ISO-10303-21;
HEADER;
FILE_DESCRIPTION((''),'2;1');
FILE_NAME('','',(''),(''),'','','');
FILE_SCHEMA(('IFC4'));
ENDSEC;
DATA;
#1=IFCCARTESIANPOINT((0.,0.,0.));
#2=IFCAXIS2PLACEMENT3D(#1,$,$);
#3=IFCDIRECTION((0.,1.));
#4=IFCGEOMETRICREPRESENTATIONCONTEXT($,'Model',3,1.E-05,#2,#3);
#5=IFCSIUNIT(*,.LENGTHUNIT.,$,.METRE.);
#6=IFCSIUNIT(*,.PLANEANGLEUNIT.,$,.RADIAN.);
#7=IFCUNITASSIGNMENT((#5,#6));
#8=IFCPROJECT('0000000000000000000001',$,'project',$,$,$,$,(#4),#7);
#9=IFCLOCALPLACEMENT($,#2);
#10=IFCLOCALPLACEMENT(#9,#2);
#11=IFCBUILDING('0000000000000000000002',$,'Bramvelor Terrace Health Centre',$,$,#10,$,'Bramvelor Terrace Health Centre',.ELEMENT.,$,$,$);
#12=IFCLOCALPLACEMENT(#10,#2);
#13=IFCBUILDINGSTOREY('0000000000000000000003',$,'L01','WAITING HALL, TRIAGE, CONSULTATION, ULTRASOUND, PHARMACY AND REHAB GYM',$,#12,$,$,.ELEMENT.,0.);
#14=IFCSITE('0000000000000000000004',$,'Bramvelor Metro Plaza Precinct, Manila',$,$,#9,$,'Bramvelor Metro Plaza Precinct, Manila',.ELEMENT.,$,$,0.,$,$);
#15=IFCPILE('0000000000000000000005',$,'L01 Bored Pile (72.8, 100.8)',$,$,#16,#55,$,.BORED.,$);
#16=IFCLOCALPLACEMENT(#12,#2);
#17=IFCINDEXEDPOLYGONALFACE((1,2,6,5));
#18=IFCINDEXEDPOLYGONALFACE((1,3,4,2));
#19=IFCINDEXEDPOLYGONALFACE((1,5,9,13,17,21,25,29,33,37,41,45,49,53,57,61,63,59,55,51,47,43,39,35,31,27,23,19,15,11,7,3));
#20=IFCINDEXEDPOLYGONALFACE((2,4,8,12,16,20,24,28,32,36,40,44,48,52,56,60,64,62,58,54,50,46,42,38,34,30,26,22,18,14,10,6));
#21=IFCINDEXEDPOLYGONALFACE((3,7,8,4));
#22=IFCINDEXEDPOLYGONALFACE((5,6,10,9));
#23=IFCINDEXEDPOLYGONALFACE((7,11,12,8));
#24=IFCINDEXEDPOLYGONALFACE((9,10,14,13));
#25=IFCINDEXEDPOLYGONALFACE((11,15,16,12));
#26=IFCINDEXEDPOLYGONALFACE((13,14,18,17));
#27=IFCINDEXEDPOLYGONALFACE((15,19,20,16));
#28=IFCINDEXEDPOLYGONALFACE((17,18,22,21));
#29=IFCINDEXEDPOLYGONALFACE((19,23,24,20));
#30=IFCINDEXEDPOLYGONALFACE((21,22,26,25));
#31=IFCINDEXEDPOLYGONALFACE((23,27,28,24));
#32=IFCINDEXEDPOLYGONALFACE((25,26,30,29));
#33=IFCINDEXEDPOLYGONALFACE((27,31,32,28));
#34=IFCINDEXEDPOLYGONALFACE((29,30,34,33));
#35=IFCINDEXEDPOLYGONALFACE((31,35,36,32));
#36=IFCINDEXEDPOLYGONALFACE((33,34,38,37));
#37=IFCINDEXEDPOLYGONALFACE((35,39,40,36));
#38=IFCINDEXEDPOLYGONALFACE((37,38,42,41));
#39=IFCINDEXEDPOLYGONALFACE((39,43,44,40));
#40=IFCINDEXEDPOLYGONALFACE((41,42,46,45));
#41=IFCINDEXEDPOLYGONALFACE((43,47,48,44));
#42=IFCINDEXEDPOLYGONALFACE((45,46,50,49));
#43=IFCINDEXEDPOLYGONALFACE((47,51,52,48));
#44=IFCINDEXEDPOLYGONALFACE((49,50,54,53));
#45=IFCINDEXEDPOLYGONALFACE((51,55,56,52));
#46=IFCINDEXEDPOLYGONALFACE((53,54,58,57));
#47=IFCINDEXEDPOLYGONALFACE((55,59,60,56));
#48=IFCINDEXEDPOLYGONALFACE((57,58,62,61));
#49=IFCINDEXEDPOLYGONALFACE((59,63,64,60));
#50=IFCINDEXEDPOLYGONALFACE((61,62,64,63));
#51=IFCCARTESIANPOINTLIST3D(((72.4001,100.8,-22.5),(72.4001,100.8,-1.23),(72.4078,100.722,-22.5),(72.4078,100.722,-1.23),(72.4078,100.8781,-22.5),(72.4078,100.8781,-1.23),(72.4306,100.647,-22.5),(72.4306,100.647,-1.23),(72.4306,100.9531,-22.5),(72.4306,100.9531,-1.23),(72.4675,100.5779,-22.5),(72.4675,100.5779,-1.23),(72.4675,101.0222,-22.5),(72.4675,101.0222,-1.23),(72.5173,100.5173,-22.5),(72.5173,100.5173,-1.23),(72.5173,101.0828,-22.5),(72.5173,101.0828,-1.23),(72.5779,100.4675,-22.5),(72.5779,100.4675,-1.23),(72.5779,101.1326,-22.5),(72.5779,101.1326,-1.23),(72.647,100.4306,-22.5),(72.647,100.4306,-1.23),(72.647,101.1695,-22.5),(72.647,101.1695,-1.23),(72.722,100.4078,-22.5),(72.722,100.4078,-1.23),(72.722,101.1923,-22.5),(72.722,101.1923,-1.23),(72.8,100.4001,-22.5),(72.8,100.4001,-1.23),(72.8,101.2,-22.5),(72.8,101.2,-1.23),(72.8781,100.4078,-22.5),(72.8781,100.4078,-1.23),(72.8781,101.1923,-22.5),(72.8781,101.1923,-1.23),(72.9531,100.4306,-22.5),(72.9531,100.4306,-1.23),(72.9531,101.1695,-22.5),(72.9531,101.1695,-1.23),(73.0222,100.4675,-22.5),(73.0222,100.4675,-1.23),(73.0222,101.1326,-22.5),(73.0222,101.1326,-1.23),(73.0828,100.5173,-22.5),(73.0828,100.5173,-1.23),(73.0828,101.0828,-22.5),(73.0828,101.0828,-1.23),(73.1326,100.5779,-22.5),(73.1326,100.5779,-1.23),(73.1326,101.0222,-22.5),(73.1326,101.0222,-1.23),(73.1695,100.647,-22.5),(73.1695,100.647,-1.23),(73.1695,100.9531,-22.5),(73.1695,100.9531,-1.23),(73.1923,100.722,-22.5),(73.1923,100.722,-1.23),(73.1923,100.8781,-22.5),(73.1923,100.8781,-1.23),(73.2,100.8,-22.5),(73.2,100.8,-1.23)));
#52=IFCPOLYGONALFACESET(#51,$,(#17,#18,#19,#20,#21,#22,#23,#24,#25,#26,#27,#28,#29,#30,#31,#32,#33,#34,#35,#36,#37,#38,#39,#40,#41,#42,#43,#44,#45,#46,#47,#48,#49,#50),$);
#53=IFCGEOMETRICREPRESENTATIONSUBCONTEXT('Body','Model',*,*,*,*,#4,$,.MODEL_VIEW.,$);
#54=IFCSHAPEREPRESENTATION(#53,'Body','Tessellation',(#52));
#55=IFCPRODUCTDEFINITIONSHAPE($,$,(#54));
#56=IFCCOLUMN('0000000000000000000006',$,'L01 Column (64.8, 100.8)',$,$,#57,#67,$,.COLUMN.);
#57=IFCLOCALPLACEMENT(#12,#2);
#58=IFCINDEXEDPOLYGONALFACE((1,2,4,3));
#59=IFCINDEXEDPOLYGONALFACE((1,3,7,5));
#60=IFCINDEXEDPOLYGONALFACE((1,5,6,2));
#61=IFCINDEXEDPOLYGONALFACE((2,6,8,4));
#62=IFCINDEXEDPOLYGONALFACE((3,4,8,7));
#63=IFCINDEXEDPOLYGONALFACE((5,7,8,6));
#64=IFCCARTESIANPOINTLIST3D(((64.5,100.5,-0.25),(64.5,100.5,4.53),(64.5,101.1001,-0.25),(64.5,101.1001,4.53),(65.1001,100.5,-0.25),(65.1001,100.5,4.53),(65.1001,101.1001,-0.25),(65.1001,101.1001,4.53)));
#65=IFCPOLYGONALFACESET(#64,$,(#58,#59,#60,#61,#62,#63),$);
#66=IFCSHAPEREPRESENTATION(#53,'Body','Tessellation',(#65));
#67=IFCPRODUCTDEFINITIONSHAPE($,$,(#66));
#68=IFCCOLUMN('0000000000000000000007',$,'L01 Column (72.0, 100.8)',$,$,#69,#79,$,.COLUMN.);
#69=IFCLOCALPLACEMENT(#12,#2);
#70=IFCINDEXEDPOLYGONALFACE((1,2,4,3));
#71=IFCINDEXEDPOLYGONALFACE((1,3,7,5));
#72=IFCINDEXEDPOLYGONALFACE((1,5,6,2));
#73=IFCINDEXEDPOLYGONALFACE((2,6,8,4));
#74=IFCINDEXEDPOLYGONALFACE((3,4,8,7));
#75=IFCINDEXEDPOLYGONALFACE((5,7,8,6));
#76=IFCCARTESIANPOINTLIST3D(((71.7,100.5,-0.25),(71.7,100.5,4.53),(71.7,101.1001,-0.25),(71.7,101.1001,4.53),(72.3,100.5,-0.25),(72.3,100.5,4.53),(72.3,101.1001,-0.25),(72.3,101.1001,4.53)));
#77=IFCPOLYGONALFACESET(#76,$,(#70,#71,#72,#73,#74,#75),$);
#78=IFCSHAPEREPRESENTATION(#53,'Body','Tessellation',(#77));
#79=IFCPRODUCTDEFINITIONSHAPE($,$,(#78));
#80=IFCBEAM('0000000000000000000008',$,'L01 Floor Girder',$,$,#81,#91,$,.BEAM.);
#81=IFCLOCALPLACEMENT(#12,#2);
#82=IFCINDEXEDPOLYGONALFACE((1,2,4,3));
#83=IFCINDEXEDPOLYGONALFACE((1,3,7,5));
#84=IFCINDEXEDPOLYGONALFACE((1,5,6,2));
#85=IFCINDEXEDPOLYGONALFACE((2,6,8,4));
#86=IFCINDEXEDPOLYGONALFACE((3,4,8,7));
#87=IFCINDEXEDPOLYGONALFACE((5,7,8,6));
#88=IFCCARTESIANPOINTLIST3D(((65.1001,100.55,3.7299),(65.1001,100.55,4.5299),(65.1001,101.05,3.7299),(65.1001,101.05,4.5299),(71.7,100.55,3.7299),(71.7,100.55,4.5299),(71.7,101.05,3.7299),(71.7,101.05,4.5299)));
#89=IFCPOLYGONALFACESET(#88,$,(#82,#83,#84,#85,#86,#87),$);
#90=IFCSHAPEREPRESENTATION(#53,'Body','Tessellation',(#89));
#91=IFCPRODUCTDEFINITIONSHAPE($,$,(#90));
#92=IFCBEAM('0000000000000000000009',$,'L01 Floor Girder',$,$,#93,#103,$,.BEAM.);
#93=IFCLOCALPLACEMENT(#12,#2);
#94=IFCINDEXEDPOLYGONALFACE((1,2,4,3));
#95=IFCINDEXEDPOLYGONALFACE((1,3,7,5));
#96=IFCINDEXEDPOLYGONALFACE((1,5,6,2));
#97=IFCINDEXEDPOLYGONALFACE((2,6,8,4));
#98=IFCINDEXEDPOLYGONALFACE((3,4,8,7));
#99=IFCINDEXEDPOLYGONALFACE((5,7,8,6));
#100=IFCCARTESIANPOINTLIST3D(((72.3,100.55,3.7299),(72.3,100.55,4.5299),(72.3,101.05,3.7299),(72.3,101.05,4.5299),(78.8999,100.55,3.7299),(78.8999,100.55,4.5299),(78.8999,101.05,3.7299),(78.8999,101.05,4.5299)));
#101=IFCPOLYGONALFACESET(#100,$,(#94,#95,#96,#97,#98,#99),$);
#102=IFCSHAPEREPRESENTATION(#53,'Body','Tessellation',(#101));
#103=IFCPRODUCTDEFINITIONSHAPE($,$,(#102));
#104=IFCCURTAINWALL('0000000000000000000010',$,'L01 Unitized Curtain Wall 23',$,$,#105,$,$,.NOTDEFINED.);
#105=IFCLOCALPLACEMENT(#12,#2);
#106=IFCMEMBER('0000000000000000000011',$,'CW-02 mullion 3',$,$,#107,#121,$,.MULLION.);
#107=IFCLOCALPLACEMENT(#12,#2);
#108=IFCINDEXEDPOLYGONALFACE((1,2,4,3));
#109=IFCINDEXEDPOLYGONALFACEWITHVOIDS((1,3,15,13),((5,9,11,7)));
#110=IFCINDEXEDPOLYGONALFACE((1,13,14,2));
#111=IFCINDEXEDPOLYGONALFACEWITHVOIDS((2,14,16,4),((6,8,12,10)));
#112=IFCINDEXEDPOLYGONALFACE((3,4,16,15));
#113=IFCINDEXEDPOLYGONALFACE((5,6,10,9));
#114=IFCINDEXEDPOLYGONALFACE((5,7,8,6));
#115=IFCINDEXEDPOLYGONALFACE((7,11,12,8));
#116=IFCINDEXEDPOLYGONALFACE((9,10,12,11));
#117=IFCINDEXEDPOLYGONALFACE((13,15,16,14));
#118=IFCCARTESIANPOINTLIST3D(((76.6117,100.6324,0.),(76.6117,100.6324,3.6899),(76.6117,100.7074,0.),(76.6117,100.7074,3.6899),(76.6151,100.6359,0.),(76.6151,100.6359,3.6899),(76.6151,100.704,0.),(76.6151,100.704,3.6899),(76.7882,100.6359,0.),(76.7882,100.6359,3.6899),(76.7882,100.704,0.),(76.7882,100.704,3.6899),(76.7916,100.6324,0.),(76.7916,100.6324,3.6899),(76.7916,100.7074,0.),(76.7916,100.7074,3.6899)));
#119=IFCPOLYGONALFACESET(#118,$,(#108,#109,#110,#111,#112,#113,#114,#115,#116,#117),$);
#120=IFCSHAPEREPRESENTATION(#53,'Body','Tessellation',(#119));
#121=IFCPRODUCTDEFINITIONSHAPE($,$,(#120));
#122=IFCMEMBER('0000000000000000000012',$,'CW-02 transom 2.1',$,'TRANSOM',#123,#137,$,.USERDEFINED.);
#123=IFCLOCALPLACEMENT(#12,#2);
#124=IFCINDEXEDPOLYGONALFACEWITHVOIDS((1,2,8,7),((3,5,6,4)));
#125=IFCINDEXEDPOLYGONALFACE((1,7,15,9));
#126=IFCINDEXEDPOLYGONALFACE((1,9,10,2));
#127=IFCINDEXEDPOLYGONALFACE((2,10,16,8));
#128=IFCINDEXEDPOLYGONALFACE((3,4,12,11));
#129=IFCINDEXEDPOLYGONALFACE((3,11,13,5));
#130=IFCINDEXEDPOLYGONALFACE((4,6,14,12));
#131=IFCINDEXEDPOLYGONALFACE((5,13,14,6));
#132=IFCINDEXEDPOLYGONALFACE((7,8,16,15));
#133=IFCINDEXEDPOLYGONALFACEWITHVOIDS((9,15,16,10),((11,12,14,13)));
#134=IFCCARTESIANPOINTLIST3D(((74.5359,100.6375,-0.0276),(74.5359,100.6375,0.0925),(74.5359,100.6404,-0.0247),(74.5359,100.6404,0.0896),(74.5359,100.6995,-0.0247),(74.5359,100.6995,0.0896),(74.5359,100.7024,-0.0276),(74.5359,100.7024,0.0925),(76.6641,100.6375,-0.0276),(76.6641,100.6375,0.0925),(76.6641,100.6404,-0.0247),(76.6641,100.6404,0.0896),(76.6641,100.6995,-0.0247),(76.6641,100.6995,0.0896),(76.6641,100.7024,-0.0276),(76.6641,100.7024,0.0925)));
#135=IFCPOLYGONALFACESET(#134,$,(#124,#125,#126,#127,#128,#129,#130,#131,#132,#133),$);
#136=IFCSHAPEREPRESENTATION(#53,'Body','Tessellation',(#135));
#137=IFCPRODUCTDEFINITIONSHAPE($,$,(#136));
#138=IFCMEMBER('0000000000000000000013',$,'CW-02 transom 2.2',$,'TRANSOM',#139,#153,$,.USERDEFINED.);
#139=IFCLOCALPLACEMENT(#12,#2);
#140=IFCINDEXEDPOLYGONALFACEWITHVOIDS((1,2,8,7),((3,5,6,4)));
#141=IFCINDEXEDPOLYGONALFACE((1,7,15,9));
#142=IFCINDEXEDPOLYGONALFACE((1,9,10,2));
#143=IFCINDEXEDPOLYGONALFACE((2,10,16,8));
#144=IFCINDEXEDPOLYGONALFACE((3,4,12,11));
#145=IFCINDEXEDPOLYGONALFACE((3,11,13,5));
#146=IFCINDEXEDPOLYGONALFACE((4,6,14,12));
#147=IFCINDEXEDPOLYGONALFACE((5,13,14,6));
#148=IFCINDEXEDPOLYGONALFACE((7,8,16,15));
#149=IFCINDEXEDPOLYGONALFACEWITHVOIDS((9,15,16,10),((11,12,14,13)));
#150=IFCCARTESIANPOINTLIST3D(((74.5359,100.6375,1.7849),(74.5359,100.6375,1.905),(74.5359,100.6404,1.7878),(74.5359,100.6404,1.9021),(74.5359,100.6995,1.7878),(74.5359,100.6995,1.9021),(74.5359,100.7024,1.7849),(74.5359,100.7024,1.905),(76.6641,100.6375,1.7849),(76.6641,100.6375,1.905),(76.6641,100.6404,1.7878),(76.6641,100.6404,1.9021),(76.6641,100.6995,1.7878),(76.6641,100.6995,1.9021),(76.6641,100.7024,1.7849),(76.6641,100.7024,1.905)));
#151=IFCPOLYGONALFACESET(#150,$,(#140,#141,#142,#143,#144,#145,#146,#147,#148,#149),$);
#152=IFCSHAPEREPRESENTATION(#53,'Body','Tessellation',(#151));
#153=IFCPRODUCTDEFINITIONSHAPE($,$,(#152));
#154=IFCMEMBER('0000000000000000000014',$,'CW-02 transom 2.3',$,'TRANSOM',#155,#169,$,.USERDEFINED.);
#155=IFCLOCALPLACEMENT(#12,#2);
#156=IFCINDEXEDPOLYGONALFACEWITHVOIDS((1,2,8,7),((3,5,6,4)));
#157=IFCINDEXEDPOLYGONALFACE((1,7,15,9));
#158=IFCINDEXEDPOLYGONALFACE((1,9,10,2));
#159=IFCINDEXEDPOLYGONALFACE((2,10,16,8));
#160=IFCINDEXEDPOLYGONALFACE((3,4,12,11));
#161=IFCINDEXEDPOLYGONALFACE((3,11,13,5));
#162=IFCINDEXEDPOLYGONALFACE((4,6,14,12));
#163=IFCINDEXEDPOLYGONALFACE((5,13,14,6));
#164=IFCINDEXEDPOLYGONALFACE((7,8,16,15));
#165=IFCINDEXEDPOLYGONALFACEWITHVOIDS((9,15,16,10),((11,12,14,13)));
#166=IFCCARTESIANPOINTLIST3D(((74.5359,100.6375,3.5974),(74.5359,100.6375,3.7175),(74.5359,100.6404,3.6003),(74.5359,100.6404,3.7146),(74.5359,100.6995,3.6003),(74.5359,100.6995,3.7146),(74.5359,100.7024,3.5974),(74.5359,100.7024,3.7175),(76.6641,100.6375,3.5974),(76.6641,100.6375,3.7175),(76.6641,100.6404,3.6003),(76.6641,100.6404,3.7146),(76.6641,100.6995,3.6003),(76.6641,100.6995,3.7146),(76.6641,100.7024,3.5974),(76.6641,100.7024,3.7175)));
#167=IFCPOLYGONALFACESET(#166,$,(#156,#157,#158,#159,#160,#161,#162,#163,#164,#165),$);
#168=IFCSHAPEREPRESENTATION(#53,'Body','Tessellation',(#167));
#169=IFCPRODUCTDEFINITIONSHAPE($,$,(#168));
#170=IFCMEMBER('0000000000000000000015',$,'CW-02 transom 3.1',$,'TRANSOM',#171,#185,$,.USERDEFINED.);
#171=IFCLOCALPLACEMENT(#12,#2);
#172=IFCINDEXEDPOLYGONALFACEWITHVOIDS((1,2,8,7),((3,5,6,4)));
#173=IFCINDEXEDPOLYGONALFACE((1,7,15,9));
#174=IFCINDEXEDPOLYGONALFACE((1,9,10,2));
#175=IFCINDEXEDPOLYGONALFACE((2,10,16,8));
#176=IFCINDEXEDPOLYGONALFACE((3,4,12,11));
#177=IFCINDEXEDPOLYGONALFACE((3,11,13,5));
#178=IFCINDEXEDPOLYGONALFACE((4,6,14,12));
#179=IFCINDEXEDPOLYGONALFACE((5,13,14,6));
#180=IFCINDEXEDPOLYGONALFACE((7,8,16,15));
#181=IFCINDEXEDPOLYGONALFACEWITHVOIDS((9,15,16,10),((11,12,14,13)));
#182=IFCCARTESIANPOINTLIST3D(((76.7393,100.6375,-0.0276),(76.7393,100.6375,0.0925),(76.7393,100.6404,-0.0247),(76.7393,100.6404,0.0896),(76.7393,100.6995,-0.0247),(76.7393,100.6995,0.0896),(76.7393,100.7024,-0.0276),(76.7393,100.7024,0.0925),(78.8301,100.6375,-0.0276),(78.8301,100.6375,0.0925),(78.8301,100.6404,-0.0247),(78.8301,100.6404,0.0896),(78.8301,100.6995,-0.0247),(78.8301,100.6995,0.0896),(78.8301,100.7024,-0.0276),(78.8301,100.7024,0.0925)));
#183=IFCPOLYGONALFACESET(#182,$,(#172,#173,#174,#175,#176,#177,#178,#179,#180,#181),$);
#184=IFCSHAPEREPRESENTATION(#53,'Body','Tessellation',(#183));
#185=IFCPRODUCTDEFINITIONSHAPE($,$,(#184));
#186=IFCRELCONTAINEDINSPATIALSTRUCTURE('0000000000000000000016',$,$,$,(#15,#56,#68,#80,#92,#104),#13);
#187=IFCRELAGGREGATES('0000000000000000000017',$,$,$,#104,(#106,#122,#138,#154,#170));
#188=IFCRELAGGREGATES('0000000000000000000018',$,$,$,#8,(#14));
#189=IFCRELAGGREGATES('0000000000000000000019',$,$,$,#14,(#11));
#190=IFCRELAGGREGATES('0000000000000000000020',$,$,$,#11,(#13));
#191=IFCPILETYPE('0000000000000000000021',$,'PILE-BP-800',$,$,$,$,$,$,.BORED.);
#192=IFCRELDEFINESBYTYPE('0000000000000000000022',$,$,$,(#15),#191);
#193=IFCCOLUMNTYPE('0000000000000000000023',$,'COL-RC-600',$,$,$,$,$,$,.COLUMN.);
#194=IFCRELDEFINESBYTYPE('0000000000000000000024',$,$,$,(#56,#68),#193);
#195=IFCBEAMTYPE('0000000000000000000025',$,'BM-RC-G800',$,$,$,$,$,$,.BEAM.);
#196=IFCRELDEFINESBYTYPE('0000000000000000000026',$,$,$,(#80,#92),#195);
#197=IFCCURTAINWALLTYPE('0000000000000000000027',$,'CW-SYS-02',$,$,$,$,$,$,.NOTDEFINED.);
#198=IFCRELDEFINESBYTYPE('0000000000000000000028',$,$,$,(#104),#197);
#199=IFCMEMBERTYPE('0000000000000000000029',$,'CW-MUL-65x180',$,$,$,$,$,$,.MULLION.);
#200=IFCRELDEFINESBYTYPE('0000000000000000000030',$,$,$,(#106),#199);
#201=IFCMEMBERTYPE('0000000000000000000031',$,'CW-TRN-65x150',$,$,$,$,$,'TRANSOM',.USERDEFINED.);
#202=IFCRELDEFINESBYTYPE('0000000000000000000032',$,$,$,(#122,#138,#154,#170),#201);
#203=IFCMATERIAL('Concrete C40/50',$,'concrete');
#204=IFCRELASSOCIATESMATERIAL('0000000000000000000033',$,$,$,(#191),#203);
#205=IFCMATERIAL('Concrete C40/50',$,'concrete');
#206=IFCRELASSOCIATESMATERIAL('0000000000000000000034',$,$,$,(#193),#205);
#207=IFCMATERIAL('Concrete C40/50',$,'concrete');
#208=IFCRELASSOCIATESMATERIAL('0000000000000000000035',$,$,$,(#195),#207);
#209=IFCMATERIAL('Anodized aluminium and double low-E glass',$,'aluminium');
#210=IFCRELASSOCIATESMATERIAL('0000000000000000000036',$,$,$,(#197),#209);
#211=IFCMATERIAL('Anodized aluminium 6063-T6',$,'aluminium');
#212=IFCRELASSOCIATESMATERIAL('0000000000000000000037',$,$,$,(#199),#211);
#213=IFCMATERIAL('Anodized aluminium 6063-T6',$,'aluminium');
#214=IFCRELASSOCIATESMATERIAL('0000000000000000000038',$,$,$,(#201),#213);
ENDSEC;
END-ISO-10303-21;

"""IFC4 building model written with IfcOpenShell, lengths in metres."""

from ifc_helpers import new_model, si_unit, direction, frame, origin, origin_2d, place, context, subcontext, project, spatial, rectangle, hollow_rectangle, circle, extrude, material, material_profile, profile_set, type_object, element, aggregate, save


model = new_model("IFC4")

# Units and contexts
model_context = context("Model", 3, precision=1e-05, world=origin(), true_north=direction((0.0, 1.0)))
body_context = subcontext(model_context, "Body", "Model", "MODEL_VIEW")
ifc_project = project(units=[si_unit("LENGTHUNIT", "METRE"), si_unit("PLANEANGLEUNIT", "RADIAN")], contexts=[model_context])

# Site, building, storey
site_placement = place(None, origin())
site = spatial("IfcSite", under=ifc_project, at=site_placement, Name="Bramvelor Metro Plaza Precinct, Manila", LongName="Bramvelor Metro Plaza Precinct, Manila", CompositionType="ELEMENT", RefElevation=0.0)
building_placement = place(site_placement, origin())
building = spatial("IfcBuilding", under=site, at=building_placement, Name="Bramvelor Terrace Health Centre", LongName="Bramvelor Terrace Health Centre", CompositionType="ELEMENT")
storey_placement = place(building_placement, origin())
storey = spatial("IfcBuildingStorey", under=building, at=storey_placement, Name="L01", Description="WAITING HALL, TRIAGE, CONSULTATION, ULTRASOUND, PHARMACY AND REHAB GYM", CompositionType="ELEMENT", Elevation=0.0)

# Pile
ifc_material_1 = material(Name="Concrete C40/50", Category="concrete")
ifc_material_profile_1 = material_profile(ifc_material_1, circle(Radius=0.3999, at=origin_2d()), Name="BP D800")
ifc_profile_set_1 = profile_set([ifc_material_profile_1], Name="Concrete C40/50")
pile_type = type_object("IfcPileType", Name="PILE-BP-800", PredefinedType="BORED", material=ifc_profile_set_1)
for number, where, z_axis, x_axis, name in (
    (1, (72.8, 100.8, -1.23), (0.0, 0.0, -1.0), (1.0, 0.0, 0.0), "L01 Bored Pile (72.8, 100.8)"),
):
    element("IfcPile", number, at=place(storey_placement, frame(where, z_axis=z_axis, x_axis=x_axis)), inside=storey, type_object=pile_type, Name=name, PredefinedType="BORED", context=body_context, shape_type="SweptSolid", body=[
        extrude(circle(Radius=0.3999, at=origin_2d()), origin(), (0.0, 0.0, 1.0), 21.27),
    ])

# Columns
ifc_material_2 = material(Name="Concrete C40/50", Category="concrete")
ifc_material_profile_2 = material_profile(ifc_material_2, rectangle(XDim=0.6001, YDim=0.6001, at=origin_2d()), Name="RC 600x600")
ifc_profile_set_2 = profile_set([ifc_material_profile_2], Name="Concrete C40/50")
column_type = type_object("IfcColumnType", Name="COL-RC-600", PredefinedType="COLUMN", material=ifc_profile_set_2)
for number, where, z_axis, x_axis, name in (
    (2, (64.8, 100.8, -0.25), (0.0, 0.0, 1.0), (1.0, 0.0, 0.0), "L01 Column (64.8, 100.8)"),
    (3, (72.0, 100.8, -0.25), (0.0, 0.0, 1.0), (1.0, 0.0, 0.0), "L01 Column (72.0, 100.8)"),
):
    element("IfcColumn", number, at=place(storey_placement, frame(where, z_axis=z_axis, x_axis=x_axis)), inside=storey, type_object=column_type, Name=name, PredefinedType="COLUMN", context=body_context, shape_type="SweptSolid", body=[
        extrude(rectangle(XDim=0.6001, YDim=0.6001, at=origin_2d()), origin(), (0.0, 0.0, 1.0), 4.78),
    ])

# Beams
ifc_material_3 = material(Name="Concrete C40/50", Category="concrete")
ifc_material_profile_3 = material_profile(ifc_material_3, rectangle(XDim=0.5, YDim=0.8, at=origin_2d()), Name="RC 500x800")
ifc_profile_set_3 = profile_set([ifc_material_profile_3], Name="Concrete C40/50")
beam_type = type_object("IfcBeamType", Name="BM-RC-G800", PredefinedType="BEAM", material=ifc_profile_set_3)
for number, where, z_axis, x_axis, name in (
    (4, (65.1001, 100.8, 4.1299), (1.0, 0.0, 0.0), (0.0, 1.0, 0.0), "L01 Floor Girder"),
    (5, (72.3, 100.8, 4.1299), (1.0, 0.0, 0.0), (0.0, 1.0, 0.0), "L01 Floor Girder"),
):
    element("IfcBeam", number, at=place(storey_placement, frame(where, z_axis=z_axis, x_axis=x_axis)), inside=storey, type_object=beam_type, Name=name, PredefinedType="BEAM", context=body_context, shape_type="SweptSolid", body=[
        extrude(rectangle(XDim=0.5, YDim=0.8, at=origin_2d()), origin(), (0.0, 0.0, 1.0), 6.5999),
    ])

# Curtain wall, members
ifc_material_4 = material(Name="Anodized aluminium and double low-E glass", Category="aluminium")
curtain_wall_type = type_object("IfcCurtainWallType", Name="CW-SYS-02", PredefinedType="NOTDEFINED", material=ifc_material_4)
curtain_wall_placement = place(storey_placement, origin())
curtain_wall = element("IfcCurtainWall", 6, at=curtain_wall_placement, inside=storey, type_object=curtain_wall_type, Name="L01 Unitized Curtain Wall 23", PredefinedType="NOTDEFINED")
ifc_material_5 = material(Name="Anodized aluminium 6063-T6", Category="aluminium")
ifc_material_profile_4 = material_profile(ifc_material_5, hollow_rectangle(XDim=0.075, YDim=0.1799, WallThickness=0.0034, at=origin_2d()), Name="ALU-MUL 75x180x3.5")
ifc_profile_set_4 = profile_set([ifc_material_profile_4], Name="Anodized aluminium 6063-T6")
member_type_1 = type_object("IfcMemberType", Name="CW-MUL-65x180", PredefinedType="MULLION", material=ifc_profile_set_4)
member_1_placement = place(storey_placement, frame((76.7017, 100.6699, 0.0), z_axis=(0.0, 0.0, 1.0), x_axis=(0.0, 1.0, 0.0)))
member_1 = element("IfcMember", 7, at=member_1_placement, type_object=member_type_1, Name="CW-02 mullion 3", PredefinedType="MULLION", context=body_context, shape_type="SweptSolid", body=[
    extrude(hollow_rectangle(XDim=0.075, YDim=0.1799, WallThickness=0.0034, at=origin_2d()), origin(), (0.0, 0.0, 1.0), 3.6899),
])
ifc_material_6 = material(Name="Anodized aluminium 6063-T6", Category="aluminium")
ifc_material_profile_5 = material_profile(ifc_material_6, hollow_rectangle(XDim=0.0649, YDim=0.1201, WallThickness=0.0029, at=origin_2d()), Name="ALU-TRN 65x120x3.0")
ifc_profile_set_5 = profile_set([ifc_material_profile_5], Name="Anodized aluminium 6063-T6")
member_type_2 = type_object("IfcMemberType", Name="CW-TRN-65x150", ElementType="TRANSOM", PredefinedType="USERDEFINED", material=ifc_profile_set_5)
member_2_placement = place(storey_placement, frame((74.5359, 100.6699, 0.0325), z_axis=(1.0, 0.0, 0.0), x_axis=(0.0, 1.0, 0.0)))
member_2 = element("IfcMember", 8, at=member_2_placement, type_object=member_type_2, Name="CW-02 transom 2.1", ObjectType="TRANSOM", PredefinedType="USERDEFINED", context=body_context, shape_type="SweptSolid", body=[
    extrude(hollow_rectangle(XDim=0.0649, YDim=0.1201, WallThickness=0.0029, at=origin_2d()), origin(), (0.0, 0.0, 1.0), 2.1282),
])
member_3_placement = place(storey_placement, frame((74.5359, 100.6699, 1.845), z_axis=(1.0, 0.0, 0.0), x_axis=(0.0, 1.0, 0.0)))
member_3 = element("IfcMember", 9, at=member_3_placement, type_object=member_type_2, Name="CW-02 transom 2.2", ObjectType="TRANSOM", PredefinedType="USERDEFINED", context=body_context, shape_type="SweptSolid", body=[
    extrude(hollow_rectangle(XDim=0.0649, YDim=0.1201, WallThickness=0.0029, at=origin_2d()), origin(), (0.0, 0.0, 1.0), 2.1282),
])
member_4_placement = place(storey_placement, frame((74.5359, 100.6699, 3.6575), z_axis=(1.0, 0.0, 0.0), x_axis=(0.0, 1.0, 0.0)))
member_4 = element("IfcMember", 10, at=member_4_placement, type_object=member_type_2, Name="CW-02 transom 2.3", ObjectType="TRANSOM", PredefinedType="USERDEFINED", context=body_context, shape_type="SweptSolid", body=[
    extrude(hollow_rectangle(XDim=0.0649, YDim=0.1201, WallThickness=0.0029, at=origin_2d()), origin(), (0.0, 0.0, 1.0), 2.1282),
])
member_5_placement = place(storey_placement, frame((76.7393, 100.6699, 0.0325), z_axis=(1.0, 0.0, 0.0), x_axis=(0.0, 1.0, 0.0)))
member_5 = element("IfcMember", 11, at=member_5_placement, type_object=member_type_2, Name="CW-02 transom 3.1", ObjectType="TRANSOM", PredefinedType="USERDEFINED", context=body_context, shape_type="SweptSolid", body=[
    extrude(hollow_rectangle(XDim=0.0649, YDim=0.1201, WallThickness=0.0029, at=origin_2d()), origin(), (0.0, 0.0, 1.0), 2.0908),
])
aggregate(curtain_wall, [member_1, member_2, member_3, member_4, member_5])

save(model, "model.ifc")
